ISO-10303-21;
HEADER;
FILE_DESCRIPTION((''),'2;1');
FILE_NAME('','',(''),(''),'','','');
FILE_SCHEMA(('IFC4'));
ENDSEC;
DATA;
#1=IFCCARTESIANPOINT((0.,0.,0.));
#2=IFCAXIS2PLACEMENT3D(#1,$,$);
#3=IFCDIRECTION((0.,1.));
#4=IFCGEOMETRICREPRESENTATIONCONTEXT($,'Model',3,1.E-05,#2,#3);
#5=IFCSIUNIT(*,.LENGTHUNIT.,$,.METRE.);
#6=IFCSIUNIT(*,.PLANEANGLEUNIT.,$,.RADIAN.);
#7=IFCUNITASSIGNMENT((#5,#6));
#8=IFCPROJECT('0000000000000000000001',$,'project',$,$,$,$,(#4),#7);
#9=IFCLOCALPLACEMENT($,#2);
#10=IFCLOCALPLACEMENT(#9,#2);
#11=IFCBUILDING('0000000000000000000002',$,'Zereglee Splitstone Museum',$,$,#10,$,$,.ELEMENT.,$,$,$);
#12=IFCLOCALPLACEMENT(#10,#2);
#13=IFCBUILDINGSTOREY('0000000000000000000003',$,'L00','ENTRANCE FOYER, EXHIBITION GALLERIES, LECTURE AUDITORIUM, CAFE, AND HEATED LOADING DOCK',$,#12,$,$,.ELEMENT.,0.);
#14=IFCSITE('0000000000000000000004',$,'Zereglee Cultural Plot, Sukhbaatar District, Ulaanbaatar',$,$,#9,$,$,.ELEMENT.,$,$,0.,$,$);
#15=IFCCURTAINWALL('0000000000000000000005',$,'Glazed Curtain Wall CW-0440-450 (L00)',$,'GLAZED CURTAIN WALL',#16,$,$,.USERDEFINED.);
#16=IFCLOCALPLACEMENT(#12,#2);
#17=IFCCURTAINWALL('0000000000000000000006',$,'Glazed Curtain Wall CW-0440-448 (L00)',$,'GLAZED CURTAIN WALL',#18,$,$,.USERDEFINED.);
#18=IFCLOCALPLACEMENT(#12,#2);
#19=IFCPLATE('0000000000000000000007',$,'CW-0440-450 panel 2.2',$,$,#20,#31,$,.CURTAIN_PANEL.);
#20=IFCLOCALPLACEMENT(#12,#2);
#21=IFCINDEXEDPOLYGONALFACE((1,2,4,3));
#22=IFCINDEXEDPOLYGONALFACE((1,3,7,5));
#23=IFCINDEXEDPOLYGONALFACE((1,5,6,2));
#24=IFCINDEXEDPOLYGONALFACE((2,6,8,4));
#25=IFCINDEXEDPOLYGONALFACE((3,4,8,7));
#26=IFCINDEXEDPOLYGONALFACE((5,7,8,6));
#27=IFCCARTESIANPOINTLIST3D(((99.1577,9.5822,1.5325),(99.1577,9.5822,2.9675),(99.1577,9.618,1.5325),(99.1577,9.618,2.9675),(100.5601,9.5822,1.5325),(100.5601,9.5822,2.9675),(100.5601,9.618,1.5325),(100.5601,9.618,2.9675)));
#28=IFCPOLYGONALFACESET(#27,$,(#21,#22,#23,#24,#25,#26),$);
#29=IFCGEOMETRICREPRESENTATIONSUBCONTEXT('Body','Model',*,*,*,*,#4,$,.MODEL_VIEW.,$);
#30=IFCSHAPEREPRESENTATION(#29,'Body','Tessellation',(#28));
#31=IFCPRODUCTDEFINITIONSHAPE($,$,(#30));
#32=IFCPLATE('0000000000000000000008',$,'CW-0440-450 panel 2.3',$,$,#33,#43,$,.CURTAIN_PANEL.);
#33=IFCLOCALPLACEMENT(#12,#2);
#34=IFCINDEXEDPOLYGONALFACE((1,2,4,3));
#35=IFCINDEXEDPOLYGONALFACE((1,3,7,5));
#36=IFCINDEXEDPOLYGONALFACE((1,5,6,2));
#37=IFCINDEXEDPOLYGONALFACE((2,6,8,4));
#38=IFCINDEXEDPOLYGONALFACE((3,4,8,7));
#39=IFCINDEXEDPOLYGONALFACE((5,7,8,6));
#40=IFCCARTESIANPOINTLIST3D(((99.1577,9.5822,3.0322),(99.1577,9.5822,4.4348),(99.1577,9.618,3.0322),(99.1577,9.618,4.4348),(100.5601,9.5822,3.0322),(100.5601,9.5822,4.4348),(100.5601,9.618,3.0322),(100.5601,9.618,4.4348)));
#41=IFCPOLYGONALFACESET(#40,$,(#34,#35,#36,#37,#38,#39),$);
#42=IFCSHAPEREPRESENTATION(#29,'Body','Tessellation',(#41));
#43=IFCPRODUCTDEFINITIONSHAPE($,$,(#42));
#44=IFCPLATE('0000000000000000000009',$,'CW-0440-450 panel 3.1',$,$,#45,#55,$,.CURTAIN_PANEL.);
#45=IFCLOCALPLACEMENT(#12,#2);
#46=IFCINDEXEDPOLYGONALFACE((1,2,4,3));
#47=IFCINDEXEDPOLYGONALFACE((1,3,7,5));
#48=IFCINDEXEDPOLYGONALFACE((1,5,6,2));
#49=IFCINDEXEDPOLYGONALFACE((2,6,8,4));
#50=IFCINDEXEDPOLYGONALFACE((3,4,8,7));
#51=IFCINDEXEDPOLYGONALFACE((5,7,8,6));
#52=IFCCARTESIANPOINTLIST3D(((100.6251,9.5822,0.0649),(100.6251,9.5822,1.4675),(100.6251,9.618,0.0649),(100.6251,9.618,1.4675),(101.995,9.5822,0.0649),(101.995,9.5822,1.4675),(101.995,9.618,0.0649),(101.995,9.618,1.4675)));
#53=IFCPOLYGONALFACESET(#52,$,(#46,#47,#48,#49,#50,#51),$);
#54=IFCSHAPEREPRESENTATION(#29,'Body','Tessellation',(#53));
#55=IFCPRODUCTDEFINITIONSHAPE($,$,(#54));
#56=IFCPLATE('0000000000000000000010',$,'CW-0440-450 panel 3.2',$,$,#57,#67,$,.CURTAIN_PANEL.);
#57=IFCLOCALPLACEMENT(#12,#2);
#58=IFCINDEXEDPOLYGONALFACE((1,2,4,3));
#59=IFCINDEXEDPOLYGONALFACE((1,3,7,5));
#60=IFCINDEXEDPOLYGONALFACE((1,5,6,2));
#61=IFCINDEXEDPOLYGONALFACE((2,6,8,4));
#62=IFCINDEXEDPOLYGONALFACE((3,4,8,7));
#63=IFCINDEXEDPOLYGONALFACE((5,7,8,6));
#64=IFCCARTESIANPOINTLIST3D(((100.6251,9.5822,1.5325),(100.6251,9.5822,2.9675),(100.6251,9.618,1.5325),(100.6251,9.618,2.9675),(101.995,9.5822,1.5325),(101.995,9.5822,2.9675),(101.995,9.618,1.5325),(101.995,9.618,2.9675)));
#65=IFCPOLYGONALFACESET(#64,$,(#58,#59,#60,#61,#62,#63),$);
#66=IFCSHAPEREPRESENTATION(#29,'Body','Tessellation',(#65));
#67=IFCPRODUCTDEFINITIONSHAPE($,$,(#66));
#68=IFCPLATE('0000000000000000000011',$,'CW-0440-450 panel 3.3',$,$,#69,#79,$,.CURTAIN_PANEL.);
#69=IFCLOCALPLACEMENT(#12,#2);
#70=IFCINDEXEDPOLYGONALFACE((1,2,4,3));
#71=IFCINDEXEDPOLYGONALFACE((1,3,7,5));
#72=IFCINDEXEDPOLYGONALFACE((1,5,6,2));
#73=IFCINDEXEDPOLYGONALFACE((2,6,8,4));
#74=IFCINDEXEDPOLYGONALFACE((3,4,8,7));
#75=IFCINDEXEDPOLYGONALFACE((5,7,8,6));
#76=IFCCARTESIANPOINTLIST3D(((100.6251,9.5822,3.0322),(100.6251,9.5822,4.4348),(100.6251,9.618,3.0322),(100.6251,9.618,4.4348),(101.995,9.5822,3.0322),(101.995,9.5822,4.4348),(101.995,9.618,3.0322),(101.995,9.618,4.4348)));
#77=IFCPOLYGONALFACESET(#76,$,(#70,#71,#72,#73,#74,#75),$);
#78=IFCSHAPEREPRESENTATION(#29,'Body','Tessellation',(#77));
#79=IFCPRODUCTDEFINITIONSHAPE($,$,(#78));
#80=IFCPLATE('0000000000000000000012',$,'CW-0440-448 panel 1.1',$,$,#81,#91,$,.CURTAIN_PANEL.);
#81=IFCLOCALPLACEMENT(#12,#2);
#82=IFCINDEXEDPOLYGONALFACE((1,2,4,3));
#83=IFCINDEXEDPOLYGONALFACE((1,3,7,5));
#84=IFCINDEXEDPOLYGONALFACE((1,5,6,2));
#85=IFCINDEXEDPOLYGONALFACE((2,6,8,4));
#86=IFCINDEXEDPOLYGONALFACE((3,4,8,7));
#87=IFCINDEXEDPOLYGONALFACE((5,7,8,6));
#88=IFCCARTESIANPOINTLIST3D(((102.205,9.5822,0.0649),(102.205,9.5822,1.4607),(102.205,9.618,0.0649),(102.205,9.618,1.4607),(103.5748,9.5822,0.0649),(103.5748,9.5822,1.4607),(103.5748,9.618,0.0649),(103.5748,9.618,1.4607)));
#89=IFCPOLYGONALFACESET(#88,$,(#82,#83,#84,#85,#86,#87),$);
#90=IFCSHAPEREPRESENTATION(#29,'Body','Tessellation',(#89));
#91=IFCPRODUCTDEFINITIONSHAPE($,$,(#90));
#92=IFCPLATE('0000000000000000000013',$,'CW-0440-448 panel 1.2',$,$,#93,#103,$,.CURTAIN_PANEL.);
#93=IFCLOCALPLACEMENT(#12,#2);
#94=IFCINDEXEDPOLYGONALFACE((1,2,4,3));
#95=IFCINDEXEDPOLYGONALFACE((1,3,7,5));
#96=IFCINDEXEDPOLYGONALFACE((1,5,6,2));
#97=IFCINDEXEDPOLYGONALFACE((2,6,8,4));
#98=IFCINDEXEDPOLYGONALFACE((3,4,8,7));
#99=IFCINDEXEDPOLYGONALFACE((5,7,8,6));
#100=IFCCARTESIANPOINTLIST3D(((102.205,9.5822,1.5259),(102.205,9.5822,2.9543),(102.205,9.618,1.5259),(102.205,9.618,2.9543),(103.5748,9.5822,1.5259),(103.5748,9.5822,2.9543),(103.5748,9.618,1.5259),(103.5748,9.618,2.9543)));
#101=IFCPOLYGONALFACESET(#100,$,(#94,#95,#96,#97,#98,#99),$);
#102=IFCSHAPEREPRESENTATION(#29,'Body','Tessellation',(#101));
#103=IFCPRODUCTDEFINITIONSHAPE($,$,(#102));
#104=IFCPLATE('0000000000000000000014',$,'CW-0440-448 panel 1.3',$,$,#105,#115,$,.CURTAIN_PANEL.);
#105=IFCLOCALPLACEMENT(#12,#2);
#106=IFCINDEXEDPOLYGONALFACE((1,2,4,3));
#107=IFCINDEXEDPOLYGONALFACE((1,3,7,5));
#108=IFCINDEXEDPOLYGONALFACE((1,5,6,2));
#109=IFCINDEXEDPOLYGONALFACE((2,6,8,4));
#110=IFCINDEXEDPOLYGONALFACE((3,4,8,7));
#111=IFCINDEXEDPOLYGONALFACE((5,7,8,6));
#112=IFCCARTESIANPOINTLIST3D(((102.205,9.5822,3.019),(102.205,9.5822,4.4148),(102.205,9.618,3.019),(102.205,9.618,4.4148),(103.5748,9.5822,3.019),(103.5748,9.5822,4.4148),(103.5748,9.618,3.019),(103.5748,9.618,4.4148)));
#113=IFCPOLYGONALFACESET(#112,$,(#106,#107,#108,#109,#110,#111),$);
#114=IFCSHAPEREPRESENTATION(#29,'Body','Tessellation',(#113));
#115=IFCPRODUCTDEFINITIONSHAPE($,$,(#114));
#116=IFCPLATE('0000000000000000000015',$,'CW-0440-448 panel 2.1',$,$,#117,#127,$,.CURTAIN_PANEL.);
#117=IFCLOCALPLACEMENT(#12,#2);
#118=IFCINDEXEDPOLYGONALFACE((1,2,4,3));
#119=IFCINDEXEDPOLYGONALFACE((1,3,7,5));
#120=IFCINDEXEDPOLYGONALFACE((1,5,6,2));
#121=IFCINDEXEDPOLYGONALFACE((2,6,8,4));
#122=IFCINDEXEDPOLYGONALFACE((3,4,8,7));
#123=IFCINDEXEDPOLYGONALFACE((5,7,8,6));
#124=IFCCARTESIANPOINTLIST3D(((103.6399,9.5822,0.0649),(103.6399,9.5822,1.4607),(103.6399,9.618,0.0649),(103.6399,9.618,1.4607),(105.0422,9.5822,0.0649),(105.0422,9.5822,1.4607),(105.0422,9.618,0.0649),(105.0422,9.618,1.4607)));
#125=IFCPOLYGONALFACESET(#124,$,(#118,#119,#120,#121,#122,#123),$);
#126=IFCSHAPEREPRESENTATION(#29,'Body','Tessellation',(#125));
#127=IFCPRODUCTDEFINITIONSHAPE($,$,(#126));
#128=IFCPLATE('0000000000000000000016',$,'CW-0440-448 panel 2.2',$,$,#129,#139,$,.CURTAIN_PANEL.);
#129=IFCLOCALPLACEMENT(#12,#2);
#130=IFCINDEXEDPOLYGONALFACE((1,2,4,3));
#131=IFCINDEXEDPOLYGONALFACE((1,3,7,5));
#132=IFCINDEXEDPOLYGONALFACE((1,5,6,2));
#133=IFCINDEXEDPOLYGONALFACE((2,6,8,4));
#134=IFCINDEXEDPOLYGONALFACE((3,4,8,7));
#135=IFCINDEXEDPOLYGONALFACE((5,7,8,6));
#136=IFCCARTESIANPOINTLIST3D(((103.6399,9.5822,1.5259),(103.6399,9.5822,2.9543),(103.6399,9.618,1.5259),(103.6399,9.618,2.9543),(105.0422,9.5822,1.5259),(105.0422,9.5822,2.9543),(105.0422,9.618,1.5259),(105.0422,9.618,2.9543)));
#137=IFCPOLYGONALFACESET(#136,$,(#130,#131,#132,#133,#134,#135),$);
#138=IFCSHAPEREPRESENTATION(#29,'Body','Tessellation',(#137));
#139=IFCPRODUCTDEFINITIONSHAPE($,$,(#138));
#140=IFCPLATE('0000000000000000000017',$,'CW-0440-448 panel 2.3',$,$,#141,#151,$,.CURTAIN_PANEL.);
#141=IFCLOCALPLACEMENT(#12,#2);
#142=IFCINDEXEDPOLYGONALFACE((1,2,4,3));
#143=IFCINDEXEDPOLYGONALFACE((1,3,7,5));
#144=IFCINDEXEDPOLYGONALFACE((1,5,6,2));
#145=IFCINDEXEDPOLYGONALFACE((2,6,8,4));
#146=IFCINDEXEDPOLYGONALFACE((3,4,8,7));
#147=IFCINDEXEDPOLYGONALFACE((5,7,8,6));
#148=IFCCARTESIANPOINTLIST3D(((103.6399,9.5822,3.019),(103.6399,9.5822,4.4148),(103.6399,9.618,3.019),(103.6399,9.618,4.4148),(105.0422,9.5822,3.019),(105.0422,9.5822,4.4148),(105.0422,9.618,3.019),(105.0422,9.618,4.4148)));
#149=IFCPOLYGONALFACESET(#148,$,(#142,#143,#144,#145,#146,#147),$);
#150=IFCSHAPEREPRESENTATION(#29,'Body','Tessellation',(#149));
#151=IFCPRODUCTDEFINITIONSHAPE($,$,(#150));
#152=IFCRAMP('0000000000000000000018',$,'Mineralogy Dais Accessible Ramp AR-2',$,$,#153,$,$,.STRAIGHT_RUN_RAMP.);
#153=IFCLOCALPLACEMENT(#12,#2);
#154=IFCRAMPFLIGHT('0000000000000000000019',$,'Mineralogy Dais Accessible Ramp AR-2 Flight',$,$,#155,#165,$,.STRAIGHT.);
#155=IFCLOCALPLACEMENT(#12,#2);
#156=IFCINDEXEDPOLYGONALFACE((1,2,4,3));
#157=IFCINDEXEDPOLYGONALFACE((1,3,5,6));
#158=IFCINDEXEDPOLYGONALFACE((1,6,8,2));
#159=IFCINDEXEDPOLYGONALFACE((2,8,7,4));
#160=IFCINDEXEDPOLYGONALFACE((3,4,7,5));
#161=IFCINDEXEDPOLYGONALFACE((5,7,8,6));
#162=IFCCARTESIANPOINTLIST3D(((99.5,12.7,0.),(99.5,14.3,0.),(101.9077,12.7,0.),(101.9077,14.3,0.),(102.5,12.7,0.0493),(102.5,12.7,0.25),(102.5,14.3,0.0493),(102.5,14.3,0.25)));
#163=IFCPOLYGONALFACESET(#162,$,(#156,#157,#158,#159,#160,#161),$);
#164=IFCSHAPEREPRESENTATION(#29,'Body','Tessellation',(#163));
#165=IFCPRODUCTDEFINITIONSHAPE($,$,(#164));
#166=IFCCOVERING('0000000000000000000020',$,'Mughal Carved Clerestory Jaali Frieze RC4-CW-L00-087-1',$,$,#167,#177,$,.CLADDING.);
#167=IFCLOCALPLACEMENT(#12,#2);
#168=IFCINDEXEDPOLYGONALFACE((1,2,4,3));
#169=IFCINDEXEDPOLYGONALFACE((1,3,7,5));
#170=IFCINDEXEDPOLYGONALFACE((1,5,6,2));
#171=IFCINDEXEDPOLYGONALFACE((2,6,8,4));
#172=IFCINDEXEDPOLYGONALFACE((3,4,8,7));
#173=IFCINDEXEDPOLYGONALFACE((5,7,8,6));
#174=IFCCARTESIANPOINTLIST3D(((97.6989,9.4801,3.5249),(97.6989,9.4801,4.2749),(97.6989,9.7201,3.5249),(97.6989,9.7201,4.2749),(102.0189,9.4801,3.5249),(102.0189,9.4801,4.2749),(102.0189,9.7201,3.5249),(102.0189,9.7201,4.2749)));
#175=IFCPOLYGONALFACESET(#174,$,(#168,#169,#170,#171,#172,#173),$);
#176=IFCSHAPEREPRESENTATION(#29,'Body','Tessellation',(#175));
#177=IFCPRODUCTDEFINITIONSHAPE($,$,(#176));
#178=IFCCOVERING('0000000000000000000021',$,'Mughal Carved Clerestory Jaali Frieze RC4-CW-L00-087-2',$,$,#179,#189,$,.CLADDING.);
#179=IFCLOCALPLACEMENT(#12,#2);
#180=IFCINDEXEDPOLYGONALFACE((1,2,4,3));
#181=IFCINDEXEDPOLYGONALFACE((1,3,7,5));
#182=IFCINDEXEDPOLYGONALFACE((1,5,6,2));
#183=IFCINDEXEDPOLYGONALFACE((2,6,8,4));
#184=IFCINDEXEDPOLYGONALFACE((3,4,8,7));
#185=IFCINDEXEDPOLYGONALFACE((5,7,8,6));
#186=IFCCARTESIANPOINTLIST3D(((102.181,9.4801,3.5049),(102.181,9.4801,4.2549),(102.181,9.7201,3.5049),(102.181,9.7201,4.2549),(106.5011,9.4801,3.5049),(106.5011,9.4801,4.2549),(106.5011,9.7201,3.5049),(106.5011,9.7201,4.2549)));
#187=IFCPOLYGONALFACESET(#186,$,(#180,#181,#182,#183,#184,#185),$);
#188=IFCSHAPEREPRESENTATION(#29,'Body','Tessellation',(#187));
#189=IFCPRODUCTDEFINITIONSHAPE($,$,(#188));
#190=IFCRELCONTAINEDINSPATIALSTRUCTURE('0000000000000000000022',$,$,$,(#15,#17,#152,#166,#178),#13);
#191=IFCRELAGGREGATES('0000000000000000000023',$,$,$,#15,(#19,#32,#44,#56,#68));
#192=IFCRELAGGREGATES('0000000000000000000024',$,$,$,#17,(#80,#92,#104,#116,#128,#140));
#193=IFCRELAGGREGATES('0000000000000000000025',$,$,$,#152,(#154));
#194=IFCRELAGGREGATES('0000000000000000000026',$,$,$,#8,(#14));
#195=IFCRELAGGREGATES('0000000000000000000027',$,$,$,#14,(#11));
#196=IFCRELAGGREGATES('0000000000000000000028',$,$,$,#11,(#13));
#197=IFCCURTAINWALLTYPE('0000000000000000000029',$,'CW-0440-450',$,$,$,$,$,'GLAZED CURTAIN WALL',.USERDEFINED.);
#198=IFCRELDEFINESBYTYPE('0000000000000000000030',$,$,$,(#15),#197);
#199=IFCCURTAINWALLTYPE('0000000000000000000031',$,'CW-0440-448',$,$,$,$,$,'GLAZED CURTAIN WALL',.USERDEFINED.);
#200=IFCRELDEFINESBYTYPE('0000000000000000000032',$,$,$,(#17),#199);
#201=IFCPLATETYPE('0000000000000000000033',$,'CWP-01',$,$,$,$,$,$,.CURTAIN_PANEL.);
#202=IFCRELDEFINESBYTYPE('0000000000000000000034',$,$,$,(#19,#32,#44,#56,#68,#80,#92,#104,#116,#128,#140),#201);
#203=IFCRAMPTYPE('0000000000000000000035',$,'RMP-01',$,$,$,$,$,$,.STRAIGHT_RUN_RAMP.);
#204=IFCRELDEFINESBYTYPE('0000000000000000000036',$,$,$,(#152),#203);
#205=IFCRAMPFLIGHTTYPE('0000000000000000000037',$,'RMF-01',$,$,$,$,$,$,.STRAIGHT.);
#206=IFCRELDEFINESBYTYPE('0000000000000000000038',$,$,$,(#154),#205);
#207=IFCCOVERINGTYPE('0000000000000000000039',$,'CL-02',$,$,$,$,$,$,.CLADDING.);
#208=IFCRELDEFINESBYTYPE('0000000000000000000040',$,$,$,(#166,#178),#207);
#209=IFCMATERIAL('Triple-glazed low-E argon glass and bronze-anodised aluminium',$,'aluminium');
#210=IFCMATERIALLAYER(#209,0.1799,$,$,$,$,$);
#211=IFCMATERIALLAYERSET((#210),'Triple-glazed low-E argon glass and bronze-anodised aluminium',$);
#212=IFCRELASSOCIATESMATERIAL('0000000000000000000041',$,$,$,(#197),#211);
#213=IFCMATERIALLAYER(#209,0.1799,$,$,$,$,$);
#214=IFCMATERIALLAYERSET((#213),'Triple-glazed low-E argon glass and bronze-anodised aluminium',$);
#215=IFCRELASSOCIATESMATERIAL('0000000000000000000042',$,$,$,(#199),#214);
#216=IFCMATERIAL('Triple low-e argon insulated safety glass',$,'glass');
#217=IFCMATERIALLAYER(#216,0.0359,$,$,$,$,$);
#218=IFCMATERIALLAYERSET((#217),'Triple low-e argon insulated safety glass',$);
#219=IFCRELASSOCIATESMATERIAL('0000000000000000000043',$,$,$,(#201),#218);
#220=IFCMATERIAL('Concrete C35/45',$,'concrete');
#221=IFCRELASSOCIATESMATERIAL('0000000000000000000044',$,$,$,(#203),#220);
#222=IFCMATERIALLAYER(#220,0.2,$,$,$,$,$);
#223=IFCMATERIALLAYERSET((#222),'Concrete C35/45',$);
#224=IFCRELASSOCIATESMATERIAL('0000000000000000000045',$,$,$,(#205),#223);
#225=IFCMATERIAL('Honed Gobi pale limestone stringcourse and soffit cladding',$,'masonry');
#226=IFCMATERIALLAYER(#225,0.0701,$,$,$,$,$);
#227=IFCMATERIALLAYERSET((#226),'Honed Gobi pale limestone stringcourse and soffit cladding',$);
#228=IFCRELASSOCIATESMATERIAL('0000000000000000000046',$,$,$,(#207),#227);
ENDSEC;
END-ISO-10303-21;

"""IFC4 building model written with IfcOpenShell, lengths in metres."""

from ifc_helpers import new_model, si_unit, direction, frame, origin, origin_2d, place, context, subcontext, project, spatial, polyline, rectangle, outline, extrude, material, layer, layer_set, type_object, element, aggregate, save


model = new_model("IFC4")

# Units and contexts
model_context = context("Model", 3, precision=1e-05, world=origin(), true_north=direction((0.0, 1.0)))
body_context = subcontext(model_context, "Body", "Model", "MODEL_VIEW")
ifc_project = project(units=[si_unit("LENGTHUNIT", "METRE"), si_unit("PLANEANGLEUNIT", "RADIAN")], contexts=[model_context])

# Site, building, storey
site_placement = place(None, origin())
site = spatial("IfcSite", under=ifc_project, at=site_placement, Name="Zereglee Cultural Plot, Sukhbaatar District, Ulaanbaatar", CompositionType="ELEMENT", RefElevation=0.0)
building_placement = place(site_placement, origin())
building = spatial("IfcBuilding", under=site, at=building_placement, Name="Zereglee Splitstone Museum", CompositionType="ELEMENT")
storey_placement = place(building_placement, origin())
storey = spatial("IfcBuildingStorey", under=building, at=storey_placement, Name="L00", Description="ENTRANCE FOYER, EXHIBITION GALLERIES, LECTURE AUDITORIUM, CAFE, AND HEATED LOADING DOCK", CompositionType="ELEMENT", Elevation=0.0)

# Curtain walls
ifc_material_1 = material(Name="Triple-glazed low-E argon glass and bronze-anodised aluminium", Category="aluminium")
ifc_layer_1 = layer(ifc_material_1, 0.1799)
ifc_layer_set_1 = layer_set([ifc_layer_1], Name="Triple-glazed low-E argon glass and bronze-anodised aluminium")
curtain_wall_type_1 = type_object("IfcCurtainWallType", Name="CW-0440-450", ElementType="GLAZED CURTAIN WALL", PredefinedType="USERDEFINED", material=ifc_layer_set_1)
curtain_wall_1_placement = place(storey_placement, origin())
curtain_wall_1 = element("IfcCurtainWall", 1, at=curtain_wall_1_placement, inside=storey, type_object=curtain_wall_type_1, Name="Glazed Curtain Wall CW-0440-450 (L00)", ObjectType="GLAZED CURTAIN WALL", PredefinedType="USERDEFINED")
ifc_layer_2 = layer(ifc_material_1, 0.1799)
ifc_layer_set_2 = layer_set([ifc_layer_2], Name="Triple-glazed low-E argon glass and bronze-anodised aluminium")
curtain_wall_type_2 = type_object("IfcCurtainWallType", Name="CW-0440-448", ElementType="GLAZED CURTAIN WALL", PredefinedType="USERDEFINED", material=ifc_layer_set_2)
curtain_wall_2_placement = place(storey_placement, origin())
curtain_wall_2 = element("IfcCurtainWall", 2, at=curtain_wall_2_placement, inside=storey, type_object=curtain_wall_type_2, Name="Glazed Curtain Wall CW-0440-448 (L00)", ObjectType="GLAZED CURTAIN WALL", PredefinedType="USERDEFINED")

# Plates
ifc_material_2 = material(Name="Triple low-e argon insulated safety glass", Category="glass")
ifc_layer_3 = layer(ifc_material_2, 0.0359)
ifc_layer_set_3 = layer_set([ifc_layer_3], Name="Triple low-e argon insulated safety glass")
plate_type = type_object("IfcPlateType", Name="CWP-01", PredefinedType="CURTAIN_PANEL", material=ifc_layer_set_3)
plate_1_placement = place(storey_placement, frame((99.8589, 9.6001, 1.5325), z_axis=(0.0, 0.0, 1.0), x_axis=(1.0, 0.0, 0.0)))
plate_1 = element("IfcPlate", 3, at=plate_1_placement, type_object=plate_type, Name="CW-0440-450 panel 2.2", PredefinedType="CURTAIN_PANEL", context=body_context, shape_type="SweptSolid", body=[
    extrude(rectangle(XDim=1.4023, YDim=0.0359, at=origin_2d()), origin(), (0.0, 0.0, 1.0), 1.4351),
])
plate_2_placement = place(storey_placement, frame((99.8589, 9.6001, 3.0322), z_axis=(0.0, 0.0, 1.0), x_axis=(1.0, 0.0, 0.0)))
plate_2 = element("IfcPlate", 4, at=plate_2_placement, type_object=plate_type, Name="CW-0440-450 panel 2.3", PredefinedType="CURTAIN_PANEL", context=body_context, shape_type="SweptSolid", body=[
    extrude(rectangle(XDim=1.4023, YDim=0.0359, at=origin_2d()), origin(), (0.0, 0.0, 1.0), 1.4026),
])
plate_3_placement = place(storey_placement, frame((101.3101, 9.6001, 0.0649), z_axis=(0.0, 0.0, 1.0), x_axis=(1.0, 0.0, 0.0)))
plate_3 = element("IfcPlate", 5, at=plate_3_placement, type_object=plate_type, Name="CW-0440-450 panel 3.1", PredefinedType="CURTAIN_PANEL", context=body_context, shape_type="SweptSolid", body=[
    extrude(rectangle(XDim=1.3699, YDim=0.0359, at=origin_2d()), origin(), (0.0, 0.0, 1.0), 1.4026),
])
plate_4_placement = place(storey_placement, frame((101.3101, 9.6001, 1.5325), z_axis=(0.0, 0.0, 1.0), x_axis=(1.0, 0.0, 0.0)))
plate_4 = element("IfcPlate", 6, at=plate_4_placement, type_object=plate_type, Name="CW-0440-450 panel 3.2", PredefinedType="CURTAIN_PANEL", context=body_context, shape_type="SweptSolid", body=[
    extrude(rectangle(XDim=1.3699, YDim=0.0359, at=origin_2d()), origin(), (0.0, 0.0, 1.0), 1.4351),
])
plate_5_placement = place(storey_placement, frame((101.3101, 9.6001, 3.0322), z_axis=(0.0, 0.0, 1.0), x_axis=(1.0, 0.0, 0.0)))
plate_5 = element("IfcPlate", 7, at=plate_5_placement, type_object=plate_type, Name="CW-0440-450 panel 3.3", PredefinedType="CURTAIN_PANEL", context=body_context, shape_type="SweptSolid", body=[
    extrude(rectangle(XDim=1.3699, YDim=0.0359, at=origin_2d()), origin(), (0.0, 0.0, 1.0), 1.4026),
])
aggregate(curtain_wall_1, [plate_1, plate_2, plate_3, plate_4, plate_5])
plate_6_placement = place(storey_placement, frame((102.8899, 9.6001, 0.0649), z_axis=(0.0, 0.0, 1.0), x_axis=(1.0, 0.0, 0.0)))
plate_6 = element("IfcPlate", 8, at=plate_6_placement, type_object=plate_type, Name="CW-0440-448 panel 1.1", PredefinedType="CURTAIN_PANEL", context=body_context, shape_type="SweptSolid", body=[
    extrude(rectangle(XDim=1.3699, YDim=0.0359, at=origin_2d()), origin(), (0.0, 0.0, 1.0), 1.3958),
])
plate_7_placement = place(storey_placement, frame((102.8899, 9.6001, 1.5259), z_axis=(0.0, 0.0, 1.0), x_axis=(1.0, 0.0, 0.0)))
plate_7 = element("IfcPlate", 9, at=plate_7_placement, type_object=plate_type, Name="CW-0440-448 panel 1.2", PredefinedType="CURTAIN_PANEL", context=body_context, shape_type="SweptSolid", body=[
    extrude(rectangle(XDim=1.3699, YDim=0.0359, at=origin_2d()), origin(), (0.0, 0.0, 1.0), 1.4285),
])
plate_8_placement = place(storey_placement, frame((102.8899, 9.6001, 3.019), z_axis=(0.0, 0.0, 1.0), x_axis=(1.0, 0.0, 0.0)))
plate_8 = element("IfcPlate", 10, at=plate_8_placement, type_object=plate_type, Name="CW-0440-448 panel 1.3", PredefinedType="CURTAIN_PANEL", context=body_context, shape_type="SweptSolid", body=[
    extrude(rectangle(XDim=1.3699, YDim=0.0359, at=origin_2d()), origin(), (0.0, 0.0, 1.0), 1.3958),
])
plate_9_placement = place(storey_placement, frame((104.3411, 9.6001, 0.0649), z_axis=(0.0, 0.0, 1.0), x_axis=(1.0, 0.0, 0.0)))
plate_9 = element("IfcPlate", 11, at=plate_9_placement, type_object=plate_type, Name="CW-0440-448 panel 2.1", PredefinedType="CURTAIN_PANEL", context=body_context, shape_type="SweptSolid", body=[
    extrude(rectangle(XDim=1.4023, YDim=0.0359, at=origin_2d()), origin(), (0.0, 0.0, 1.0), 1.3958),
])
plate_10_placement = place(storey_placement, frame((104.3411, 9.6001, 1.5259), z_axis=(0.0, 0.0, 1.0), x_axis=(1.0, 0.0, 0.0)))
plate_10 = element("IfcPlate", 12, at=plate_10_placement, type_object=plate_type, Name="CW-0440-448 panel 2.2", PredefinedType="CURTAIN_PANEL", context=body_context, shape_type="SweptSolid", body=[
    extrude(rectangle(XDim=1.4023, YDim=0.0359, at=origin_2d()), origin(), (0.0, 0.0, 1.0), 1.4285),
])
plate_11_placement = place(storey_placement, frame((104.3411, 9.6001, 3.019), z_axis=(0.0, 0.0, 1.0), x_axis=(1.0, 0.0, 0.0)))
plate_11 = element("IfcPlate", 13, at=plate_11_placement, type_object=plate_type, Name="CW-0440-448 panel 2.3", PredefinedType="CURTAIN_PANEL", context=body_context, shape_type="SweptSolid", body=[
    extrude(rectangle(XDim=1.4023, YDim=0.0359, at=origin_2d()), origin(), (0.0, 0.0, 1.0), 1.3958),
])
aggregate(curtain_wall_2, [plate_6, plate_7, plate_8, plate_9, plate_10, plate_11])

# Ramp, ramp flight
ifc_material_3 = material(Name="Concrete C35/45", Category="concrete")
ramp_type = type_object("IfcRampType", Name="RMP-01", PredefinedType="STRAIGHT_RUN_RAMP", material=ifc_material_3)
ramp_placement = place(storey_placement, origin())
ramp = element("IfcRamp", 14, at=ramp_placement, inside=storey, type_object=ramp_type, Name="Mineralogy Dais Accessible Ramp AR-2", PredefinedType="STRAIGHT_RUN_RAMP")
ifc_layer_4 = layer(ifc_material_3, 0.2)
ifc_layer_set_4 = layer_set([ifc_layer_4], Name="Concrete C35/45")
ramp_flight_type = type_object("IfcRampFlightType", Name="RMF-01", PredefinedType="STRAIGHT", material=ifc_layer_set_4)
ramp_flight_placement = place(storey_placement, frame((99.5, 13.5, 0.0), z_axis=(0.0, 0.0, 1.0), x_axis=(1.0, 0.0, 0.0)))
ramp_flight = element("IfcRampFlight", 15, at=ramp_flight_placement, type_object=ramp_flight_type, Name="Mineralogy Dais Accessible Ramp AR-2 Flight", PredefinedType="STRAIGHT", context=body_context, shape_type="SweptSolid", body=[
    extrude(outline(polyline([(0.0, 0.0), (3.0, 0.25), (3.0, 0.0493), (2.4077, 0.0), (0.0, 0.0)])), frame((0.0, 0.8, 0.0), z_axis=(0.0, -1.0, 0.0), x_axis=(1.0, 0.0, 0.0)), (0.0, 0.0, 1.0), 1.6001),
])
aggregate(ramp, [ramp_flight])

# Coverings
ifc_material_4 = material(Name="Honed Gobi pale limestone stringcourse and soffit cladding", Category="masonry")
ifc_layer_5 = layer(ifc_material_4, 0.0701)
ifc_layer_set_5 = layer_set([ifc_layer_5], Name="Honed Gobi pale limestone stringcourse and soffit cladding")
covering_type = type_object("IfcCoveringType", Name="CL-02", PredefinedType="CLADDING", material=ifc_layer_set_5)
for number, where, z_axis, x_axis, name in (
    (16, (99.8589, 9.6001, 3.5249), (0.0, 0.0, 1.0), (1.0, 0.0, 0.0), "Mughal Carved Clerestory Jaali Frieze RC4-CW-L00-087-1"),
    (17, (104.3411, 9.6001, 3.5049), (0.0, 0.0, 1.0), (1.0, 0.0, 0.0), "Mughal Carved Clerestory Jaali Frieze RC4-CW-L00-087-2"),
):
    element("IfcCovering", number, at=place(storey_placement, frame(where, z_axis=z_axis, x_axis=x_axis)), inside=storey, type_object=covering_type, Name=name, PredefinedType="CLADDING", context=body_context, shape_type="SweptSolid", body=[
        extrude(rectangle(XDim=4.3201, YDim=0.24, at=origin_2d()), origin(), (0.0, 0.0, 1.0), 0.75),
    ])

save(model, "model.ifc")
